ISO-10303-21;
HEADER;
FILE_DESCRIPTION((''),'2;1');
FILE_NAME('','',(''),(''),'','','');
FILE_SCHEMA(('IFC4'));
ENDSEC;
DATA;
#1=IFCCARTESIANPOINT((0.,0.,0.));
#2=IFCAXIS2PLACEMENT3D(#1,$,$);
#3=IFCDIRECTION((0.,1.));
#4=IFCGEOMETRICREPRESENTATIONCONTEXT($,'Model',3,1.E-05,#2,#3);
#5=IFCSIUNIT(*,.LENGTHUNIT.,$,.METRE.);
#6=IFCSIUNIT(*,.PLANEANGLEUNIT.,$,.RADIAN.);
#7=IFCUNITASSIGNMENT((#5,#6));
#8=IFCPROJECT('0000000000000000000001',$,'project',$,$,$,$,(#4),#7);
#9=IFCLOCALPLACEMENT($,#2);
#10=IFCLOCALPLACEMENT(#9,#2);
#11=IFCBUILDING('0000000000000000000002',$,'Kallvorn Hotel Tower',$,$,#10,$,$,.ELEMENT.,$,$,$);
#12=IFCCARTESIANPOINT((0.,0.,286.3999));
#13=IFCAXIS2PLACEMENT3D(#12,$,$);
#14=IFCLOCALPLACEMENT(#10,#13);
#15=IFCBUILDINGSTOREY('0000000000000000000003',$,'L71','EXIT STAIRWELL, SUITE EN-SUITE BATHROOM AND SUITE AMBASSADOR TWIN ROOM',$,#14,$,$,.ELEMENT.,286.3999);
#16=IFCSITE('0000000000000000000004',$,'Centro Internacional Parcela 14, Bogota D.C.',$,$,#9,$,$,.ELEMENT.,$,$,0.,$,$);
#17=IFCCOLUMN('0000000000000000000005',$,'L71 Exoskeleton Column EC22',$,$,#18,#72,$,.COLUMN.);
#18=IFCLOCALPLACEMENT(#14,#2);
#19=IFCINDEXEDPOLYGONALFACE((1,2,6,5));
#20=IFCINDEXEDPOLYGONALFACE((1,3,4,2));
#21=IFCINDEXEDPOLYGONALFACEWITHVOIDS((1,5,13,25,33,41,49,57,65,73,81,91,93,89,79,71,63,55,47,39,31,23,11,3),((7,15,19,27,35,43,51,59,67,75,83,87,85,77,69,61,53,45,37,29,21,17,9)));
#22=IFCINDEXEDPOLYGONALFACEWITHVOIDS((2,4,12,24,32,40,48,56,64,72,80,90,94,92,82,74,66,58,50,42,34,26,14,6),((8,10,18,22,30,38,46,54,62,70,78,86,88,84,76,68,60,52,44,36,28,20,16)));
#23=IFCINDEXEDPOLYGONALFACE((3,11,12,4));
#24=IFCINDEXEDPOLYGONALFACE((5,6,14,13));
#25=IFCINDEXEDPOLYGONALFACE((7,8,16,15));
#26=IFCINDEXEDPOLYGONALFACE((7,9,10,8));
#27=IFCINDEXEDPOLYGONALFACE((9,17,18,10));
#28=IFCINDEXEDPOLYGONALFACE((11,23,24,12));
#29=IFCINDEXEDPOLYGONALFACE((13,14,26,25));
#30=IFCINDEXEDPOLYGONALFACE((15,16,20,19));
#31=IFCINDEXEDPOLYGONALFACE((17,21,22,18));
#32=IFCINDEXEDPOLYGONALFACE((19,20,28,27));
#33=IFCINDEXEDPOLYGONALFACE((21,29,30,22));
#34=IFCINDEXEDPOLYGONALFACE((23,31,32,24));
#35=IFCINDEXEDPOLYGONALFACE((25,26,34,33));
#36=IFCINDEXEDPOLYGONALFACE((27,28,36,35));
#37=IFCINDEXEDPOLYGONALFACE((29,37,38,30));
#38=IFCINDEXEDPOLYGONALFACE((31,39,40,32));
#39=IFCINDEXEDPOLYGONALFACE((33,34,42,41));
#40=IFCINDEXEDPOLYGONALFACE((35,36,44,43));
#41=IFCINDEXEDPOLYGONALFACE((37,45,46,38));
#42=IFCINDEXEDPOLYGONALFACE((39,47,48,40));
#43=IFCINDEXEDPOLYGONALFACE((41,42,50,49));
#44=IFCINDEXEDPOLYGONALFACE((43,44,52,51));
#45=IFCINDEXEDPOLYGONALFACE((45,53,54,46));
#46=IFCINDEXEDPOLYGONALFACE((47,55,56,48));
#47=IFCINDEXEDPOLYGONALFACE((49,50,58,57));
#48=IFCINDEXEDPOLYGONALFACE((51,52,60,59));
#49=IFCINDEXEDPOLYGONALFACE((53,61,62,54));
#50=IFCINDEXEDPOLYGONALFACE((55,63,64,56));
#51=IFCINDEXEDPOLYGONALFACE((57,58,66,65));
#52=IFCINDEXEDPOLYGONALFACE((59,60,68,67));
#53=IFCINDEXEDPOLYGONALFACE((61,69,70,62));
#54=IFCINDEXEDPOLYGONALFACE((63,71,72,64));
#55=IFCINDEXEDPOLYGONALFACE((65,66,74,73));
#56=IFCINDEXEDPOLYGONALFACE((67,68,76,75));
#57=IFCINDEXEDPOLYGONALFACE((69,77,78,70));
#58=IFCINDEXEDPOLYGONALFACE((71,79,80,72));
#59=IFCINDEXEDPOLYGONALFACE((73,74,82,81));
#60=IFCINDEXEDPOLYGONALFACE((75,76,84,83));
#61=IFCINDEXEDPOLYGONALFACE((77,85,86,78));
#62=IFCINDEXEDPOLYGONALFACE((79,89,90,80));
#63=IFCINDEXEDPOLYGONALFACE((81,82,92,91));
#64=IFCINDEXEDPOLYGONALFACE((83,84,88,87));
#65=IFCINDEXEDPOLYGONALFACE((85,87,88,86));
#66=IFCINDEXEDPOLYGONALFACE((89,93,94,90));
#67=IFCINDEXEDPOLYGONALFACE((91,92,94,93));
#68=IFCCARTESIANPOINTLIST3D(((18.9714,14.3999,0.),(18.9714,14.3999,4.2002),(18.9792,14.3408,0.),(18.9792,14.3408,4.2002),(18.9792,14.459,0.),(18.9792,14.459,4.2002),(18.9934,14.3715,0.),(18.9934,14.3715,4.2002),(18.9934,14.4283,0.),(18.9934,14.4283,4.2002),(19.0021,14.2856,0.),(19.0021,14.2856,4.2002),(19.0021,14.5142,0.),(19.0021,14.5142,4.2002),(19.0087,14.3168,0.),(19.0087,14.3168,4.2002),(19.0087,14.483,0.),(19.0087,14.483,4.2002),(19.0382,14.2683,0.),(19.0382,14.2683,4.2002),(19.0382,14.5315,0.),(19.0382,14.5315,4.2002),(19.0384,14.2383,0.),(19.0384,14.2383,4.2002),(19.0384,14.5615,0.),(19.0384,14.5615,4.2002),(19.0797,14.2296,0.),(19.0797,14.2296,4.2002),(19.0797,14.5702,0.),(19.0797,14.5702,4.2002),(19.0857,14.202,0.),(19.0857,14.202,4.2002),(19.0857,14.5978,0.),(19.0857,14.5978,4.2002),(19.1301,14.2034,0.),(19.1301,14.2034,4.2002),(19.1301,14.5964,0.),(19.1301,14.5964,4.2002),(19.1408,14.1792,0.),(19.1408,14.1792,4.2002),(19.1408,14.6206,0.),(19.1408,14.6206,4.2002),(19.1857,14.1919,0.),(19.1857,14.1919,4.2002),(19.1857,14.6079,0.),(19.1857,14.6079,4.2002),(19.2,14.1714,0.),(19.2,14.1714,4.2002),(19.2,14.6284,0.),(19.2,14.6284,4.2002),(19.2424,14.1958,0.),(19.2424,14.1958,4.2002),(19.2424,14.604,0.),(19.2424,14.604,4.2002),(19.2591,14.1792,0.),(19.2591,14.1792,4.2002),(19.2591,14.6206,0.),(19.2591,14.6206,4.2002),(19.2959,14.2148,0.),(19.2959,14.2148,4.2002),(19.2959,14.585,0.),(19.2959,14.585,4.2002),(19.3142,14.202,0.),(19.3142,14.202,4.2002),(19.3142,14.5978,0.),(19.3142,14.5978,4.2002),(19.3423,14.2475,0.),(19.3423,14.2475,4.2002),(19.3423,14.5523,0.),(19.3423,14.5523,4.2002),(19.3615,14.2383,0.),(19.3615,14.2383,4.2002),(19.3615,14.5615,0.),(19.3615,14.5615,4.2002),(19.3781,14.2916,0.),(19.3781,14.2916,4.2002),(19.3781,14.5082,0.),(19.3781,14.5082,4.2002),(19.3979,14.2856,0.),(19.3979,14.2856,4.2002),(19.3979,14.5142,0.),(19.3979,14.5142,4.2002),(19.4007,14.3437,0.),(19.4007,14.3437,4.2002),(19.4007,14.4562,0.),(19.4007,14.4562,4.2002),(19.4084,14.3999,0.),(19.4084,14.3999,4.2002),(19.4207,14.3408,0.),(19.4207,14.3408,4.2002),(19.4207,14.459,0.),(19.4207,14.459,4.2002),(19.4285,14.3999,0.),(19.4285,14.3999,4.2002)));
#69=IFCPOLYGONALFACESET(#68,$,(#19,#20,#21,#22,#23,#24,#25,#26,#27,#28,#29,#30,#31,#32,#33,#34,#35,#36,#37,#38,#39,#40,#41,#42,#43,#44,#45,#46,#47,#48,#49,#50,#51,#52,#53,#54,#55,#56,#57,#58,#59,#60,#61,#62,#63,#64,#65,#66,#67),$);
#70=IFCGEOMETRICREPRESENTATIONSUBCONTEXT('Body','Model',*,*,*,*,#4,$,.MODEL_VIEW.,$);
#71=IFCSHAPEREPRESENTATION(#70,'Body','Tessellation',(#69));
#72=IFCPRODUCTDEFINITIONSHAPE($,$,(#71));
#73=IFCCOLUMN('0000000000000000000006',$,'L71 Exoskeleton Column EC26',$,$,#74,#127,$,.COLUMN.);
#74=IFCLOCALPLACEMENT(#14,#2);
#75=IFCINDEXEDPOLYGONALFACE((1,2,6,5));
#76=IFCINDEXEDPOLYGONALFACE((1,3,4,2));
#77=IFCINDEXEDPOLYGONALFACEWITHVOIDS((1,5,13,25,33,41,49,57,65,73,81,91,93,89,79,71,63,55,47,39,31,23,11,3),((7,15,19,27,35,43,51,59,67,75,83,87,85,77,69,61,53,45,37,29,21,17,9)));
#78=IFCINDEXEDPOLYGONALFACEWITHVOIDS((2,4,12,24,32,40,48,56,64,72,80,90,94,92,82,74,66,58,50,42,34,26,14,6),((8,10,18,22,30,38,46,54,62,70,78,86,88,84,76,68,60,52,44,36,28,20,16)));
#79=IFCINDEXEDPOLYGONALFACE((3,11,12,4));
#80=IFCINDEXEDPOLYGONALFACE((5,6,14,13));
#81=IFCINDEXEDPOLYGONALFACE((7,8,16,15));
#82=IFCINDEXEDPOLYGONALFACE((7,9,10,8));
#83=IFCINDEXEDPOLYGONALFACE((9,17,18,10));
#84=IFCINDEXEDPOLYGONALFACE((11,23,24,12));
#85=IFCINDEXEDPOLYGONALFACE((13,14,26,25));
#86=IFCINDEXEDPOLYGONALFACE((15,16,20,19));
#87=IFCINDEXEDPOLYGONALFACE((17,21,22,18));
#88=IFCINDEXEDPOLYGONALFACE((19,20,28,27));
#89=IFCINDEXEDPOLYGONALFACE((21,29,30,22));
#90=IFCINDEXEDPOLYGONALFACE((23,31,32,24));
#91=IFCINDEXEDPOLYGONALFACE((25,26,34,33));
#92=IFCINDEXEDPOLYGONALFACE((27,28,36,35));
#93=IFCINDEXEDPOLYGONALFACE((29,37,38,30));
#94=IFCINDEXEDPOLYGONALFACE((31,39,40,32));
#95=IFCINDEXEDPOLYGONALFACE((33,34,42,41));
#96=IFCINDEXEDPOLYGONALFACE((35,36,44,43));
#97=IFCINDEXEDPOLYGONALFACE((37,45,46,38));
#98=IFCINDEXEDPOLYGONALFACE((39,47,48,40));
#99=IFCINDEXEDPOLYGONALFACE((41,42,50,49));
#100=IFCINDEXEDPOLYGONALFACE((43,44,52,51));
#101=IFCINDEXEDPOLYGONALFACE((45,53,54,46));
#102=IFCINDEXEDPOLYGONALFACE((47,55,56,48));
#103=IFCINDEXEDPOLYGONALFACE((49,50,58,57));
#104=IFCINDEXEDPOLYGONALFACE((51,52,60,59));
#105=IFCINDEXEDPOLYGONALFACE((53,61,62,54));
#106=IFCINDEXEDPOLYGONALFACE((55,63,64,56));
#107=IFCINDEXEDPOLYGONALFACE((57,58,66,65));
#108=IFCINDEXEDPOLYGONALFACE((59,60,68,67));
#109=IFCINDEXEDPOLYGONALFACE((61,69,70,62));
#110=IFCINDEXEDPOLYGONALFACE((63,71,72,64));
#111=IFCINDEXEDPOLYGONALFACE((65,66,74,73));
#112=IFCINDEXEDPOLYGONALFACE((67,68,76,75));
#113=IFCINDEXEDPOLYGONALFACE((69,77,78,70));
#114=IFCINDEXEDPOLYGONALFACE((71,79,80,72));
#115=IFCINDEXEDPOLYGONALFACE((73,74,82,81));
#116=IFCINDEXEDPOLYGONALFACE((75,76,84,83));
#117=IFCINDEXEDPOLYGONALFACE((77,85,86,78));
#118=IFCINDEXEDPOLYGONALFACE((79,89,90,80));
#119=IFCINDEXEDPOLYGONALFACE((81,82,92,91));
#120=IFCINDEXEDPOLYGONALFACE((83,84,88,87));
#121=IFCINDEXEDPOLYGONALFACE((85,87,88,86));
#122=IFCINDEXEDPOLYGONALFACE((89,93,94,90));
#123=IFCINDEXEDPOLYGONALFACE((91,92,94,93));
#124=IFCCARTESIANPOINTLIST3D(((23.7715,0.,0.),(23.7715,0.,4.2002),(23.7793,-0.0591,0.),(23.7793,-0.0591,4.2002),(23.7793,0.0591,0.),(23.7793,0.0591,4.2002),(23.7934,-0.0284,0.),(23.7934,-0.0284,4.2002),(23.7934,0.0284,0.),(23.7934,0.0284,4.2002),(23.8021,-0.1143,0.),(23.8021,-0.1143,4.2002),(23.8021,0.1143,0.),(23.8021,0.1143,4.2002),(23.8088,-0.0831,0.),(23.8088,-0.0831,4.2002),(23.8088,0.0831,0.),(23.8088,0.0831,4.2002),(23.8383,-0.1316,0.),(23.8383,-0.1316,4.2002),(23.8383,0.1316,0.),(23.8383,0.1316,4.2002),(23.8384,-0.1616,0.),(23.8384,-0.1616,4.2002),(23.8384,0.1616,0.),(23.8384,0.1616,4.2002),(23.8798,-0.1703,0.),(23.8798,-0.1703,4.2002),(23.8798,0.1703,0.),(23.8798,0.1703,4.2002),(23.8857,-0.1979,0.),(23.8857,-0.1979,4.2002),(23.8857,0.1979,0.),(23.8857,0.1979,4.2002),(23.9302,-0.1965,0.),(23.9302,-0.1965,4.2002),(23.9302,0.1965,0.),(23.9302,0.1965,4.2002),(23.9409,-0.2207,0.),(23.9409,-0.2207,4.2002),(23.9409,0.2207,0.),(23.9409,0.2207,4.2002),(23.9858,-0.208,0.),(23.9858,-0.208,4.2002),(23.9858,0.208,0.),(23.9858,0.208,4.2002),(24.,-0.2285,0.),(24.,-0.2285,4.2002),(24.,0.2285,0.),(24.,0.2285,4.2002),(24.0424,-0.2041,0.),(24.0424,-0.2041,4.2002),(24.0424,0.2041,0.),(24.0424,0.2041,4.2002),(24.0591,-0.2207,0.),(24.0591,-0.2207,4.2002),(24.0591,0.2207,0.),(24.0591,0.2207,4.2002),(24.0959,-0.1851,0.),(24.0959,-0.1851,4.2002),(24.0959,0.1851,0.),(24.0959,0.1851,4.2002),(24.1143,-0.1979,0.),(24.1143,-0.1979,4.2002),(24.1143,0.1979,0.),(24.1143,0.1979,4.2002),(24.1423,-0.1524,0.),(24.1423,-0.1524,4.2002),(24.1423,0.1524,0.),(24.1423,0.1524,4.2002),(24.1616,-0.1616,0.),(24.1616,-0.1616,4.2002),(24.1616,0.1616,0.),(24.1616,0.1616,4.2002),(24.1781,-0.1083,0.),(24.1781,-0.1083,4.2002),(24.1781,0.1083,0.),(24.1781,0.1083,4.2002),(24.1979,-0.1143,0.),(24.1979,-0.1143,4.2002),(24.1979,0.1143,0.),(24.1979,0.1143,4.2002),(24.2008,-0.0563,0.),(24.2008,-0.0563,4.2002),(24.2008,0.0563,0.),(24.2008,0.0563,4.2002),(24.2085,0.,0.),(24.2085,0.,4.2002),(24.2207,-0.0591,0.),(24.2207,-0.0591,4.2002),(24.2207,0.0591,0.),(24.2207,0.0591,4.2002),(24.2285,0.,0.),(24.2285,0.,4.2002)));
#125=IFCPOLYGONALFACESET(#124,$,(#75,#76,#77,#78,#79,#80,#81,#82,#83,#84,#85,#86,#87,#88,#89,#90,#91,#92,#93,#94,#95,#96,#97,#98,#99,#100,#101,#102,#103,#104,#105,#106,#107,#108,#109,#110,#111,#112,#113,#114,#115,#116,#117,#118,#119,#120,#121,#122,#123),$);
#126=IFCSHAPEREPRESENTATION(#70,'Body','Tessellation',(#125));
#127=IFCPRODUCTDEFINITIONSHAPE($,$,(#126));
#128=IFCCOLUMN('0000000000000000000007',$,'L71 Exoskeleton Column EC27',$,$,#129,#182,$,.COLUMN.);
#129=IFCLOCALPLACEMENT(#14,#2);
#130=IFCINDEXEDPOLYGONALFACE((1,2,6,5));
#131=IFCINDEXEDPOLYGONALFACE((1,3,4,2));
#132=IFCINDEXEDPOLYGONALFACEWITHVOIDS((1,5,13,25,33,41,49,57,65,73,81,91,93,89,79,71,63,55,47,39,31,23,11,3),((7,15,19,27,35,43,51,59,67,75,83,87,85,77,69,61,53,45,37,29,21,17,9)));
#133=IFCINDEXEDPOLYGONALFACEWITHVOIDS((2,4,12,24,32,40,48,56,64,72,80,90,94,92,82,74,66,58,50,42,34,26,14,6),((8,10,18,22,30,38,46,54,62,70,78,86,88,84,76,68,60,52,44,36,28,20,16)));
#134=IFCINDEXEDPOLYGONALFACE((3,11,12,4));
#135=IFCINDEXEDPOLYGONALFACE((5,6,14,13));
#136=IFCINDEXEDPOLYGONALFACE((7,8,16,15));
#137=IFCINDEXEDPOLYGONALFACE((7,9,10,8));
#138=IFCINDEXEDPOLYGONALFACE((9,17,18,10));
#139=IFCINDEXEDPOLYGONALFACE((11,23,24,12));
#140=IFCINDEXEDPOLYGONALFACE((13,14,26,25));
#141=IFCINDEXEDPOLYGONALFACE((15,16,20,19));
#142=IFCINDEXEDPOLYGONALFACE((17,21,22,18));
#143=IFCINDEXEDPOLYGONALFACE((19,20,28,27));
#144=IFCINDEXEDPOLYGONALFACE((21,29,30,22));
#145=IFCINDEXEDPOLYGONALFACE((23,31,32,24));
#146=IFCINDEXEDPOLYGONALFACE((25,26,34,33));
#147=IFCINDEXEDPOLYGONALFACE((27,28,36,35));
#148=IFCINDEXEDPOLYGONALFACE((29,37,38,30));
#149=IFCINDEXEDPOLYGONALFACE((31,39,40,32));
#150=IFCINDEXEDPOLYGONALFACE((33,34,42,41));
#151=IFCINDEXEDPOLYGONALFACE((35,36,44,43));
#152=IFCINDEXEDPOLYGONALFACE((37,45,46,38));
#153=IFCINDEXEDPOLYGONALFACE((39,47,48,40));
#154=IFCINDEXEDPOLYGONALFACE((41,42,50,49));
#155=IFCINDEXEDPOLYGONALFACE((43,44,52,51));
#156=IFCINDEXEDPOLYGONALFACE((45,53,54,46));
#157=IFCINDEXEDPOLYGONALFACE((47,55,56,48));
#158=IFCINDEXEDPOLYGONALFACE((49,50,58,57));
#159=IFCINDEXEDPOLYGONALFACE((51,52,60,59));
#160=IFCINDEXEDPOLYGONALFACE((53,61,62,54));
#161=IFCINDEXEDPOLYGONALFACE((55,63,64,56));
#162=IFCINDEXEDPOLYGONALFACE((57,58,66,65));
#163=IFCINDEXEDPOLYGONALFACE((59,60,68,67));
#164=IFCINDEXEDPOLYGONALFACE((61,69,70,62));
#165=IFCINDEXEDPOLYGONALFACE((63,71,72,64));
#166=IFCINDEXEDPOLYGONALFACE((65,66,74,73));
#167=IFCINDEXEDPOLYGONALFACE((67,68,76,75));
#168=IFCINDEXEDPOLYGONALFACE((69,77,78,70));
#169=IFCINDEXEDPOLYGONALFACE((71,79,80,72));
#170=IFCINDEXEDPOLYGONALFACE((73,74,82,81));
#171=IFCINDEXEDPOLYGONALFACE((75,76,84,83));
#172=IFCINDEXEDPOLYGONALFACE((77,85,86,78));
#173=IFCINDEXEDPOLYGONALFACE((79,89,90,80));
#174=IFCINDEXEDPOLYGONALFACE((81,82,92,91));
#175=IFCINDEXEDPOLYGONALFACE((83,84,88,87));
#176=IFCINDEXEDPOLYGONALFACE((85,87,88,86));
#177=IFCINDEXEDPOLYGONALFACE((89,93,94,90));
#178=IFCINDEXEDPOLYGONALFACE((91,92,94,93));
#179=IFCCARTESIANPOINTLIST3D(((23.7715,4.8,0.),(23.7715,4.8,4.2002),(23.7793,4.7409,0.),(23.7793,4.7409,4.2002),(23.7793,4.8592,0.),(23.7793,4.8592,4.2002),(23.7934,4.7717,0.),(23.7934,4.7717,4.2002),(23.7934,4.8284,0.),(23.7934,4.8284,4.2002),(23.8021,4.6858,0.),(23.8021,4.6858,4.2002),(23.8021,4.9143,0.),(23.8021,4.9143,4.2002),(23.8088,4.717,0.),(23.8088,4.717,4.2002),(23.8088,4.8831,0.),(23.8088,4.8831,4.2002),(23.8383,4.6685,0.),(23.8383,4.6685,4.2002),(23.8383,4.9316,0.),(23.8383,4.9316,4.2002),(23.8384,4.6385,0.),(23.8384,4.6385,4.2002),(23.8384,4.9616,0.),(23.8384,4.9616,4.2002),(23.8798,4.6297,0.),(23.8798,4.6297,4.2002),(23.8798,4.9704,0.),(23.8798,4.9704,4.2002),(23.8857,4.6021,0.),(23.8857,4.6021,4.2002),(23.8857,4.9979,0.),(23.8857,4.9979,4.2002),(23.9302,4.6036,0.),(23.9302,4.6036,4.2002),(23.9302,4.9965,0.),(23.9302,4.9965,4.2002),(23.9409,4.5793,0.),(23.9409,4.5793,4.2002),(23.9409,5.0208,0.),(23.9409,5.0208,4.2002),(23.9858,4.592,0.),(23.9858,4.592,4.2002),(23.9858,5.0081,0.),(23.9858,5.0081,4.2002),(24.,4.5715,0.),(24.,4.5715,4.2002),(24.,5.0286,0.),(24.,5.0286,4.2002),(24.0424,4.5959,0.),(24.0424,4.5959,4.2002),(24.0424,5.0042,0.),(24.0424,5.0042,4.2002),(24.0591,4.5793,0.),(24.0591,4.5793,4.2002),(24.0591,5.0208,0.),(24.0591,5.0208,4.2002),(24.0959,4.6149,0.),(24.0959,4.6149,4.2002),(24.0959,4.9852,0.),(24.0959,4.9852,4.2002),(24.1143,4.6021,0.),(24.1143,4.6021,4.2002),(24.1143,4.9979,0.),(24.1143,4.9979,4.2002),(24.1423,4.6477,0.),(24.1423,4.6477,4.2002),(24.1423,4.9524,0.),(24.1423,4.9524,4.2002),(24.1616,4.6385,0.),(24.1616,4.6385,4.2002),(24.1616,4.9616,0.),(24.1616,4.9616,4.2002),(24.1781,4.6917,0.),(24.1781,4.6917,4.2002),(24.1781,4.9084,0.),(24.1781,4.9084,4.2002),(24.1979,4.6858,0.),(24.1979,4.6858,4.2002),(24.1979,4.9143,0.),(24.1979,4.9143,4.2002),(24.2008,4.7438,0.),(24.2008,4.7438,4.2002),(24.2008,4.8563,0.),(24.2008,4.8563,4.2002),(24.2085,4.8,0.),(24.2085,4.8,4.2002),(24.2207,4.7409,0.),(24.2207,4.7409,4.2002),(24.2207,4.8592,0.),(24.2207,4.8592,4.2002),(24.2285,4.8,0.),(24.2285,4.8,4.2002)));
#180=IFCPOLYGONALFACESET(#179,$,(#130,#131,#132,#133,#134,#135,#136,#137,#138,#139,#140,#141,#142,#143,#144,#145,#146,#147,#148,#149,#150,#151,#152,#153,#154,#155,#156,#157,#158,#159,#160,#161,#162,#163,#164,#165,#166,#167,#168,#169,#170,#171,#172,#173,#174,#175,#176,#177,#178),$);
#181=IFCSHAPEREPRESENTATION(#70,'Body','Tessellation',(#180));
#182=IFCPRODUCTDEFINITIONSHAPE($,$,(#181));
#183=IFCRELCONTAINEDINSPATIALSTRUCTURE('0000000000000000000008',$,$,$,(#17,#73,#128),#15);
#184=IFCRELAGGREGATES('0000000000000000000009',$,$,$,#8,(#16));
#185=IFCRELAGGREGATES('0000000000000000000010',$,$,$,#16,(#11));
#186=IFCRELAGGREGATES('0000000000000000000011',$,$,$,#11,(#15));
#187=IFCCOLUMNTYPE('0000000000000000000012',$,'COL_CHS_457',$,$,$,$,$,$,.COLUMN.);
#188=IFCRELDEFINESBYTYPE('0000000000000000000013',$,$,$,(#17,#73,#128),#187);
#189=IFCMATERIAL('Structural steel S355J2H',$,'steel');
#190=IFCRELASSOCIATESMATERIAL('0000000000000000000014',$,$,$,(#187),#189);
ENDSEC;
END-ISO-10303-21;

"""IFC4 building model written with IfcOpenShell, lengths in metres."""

from ifc_helpers import new_model, si_unit, direction, frame, origin, origin_2d, place, context, subcontext, project, spatial, hollow_circle, extrude, material, material_profile, profile_set, type_object, element, save


model = new_model("IFC4")

# Units and contexts
model_context = context("Model", 3, precision=1e-05, world=origin(), true_north=direction((0.0, 1.0)))
body_context = subcontext(model_context, "Body", "Model", "MODEL_VIEW")
ifc_project = project(units=[si_unit("LENGTHUNIT", "METRE"), si_unit("PLANEANGLEUNIT", "RADIAN")], contexts=[model_context])

# Site, building, storey
site_placement = place(None, origin())
site = spatial("IfcSite", under=ifc_project, at=site_placement, Name="Centro Internacional Parcela 14, Bogota D.C.", CompositionType="ELEMENT", RefElevation=0.0)
building_placement = place(site_placement, origin())
building = spatial("IfcBuilding", under=site, at=building_placement, Name="Kallvorn Hotel Tower", CompositionType="ELEMENT")
storey_placement = place(building_placement, frame((0.0, 0.0, 286.3999)))
storey = spatial("IfcBuildingStorey", under=building, at=storey_placement, Name="L71", Description="EXIT STAIRWELL, SUITE EN-SUITE BATHROOM AND SUITE AMBASSADOR TWIN ROOM", CompositionType="ELEMENT", Elevation=286.3999)

# Columns
ifc_material_1 = material(Name="Structural steel S355J2H", Category="steel")
ifc_material_profile_1 = material_profile(ifc_material_1, hollow_circle(Radius=0.2285, WallThickness=0.02, at=origin_2d()), Name="CHS 457x20")
ifc_profile_set_1 = profile_set([ifc_material_profile_1], Name="Structural steel S355J2H")
column_type_1 = type_object("IfcColumnType", Name="COL_CHS_457", PredefinedType="COLUMN", material=ifc_profile_set_1)
for number, where, z_axis, x_axis, name in (
    (1, (19.2, 14.3999, 0.0), (0.0, 0.0, 1.0), (1.0, 0.0, 0.0), "L71 Exoskeleton Column EC22"),
    (2, (24.0, 0.0, 0.0), (0.0, 0.0, 1.0), (1.0, 0.0, 0.0), "L71 Exoskeleton Column EC26"),
    (3, (24.0, 4.8, 0.0), (0.0, 0.0, 1.0), (1.0, 0.0, 0.0), "L71 Exoskeleton Column EC27"),
):
    element("IfcColumn", number, at=place(storey_placement, frame(where, z_axis=z_axis, x_axis=x_axis)), inside=storey, type_object=column_type_1, Name=name, PredefinedType="COLUMN", context=body_context, shape_type="SweptSolid", body=[
        extrude(hollow_circle(Radius=0.2285, WallThickness=0.02, at=origin_2d()), origin(), (0.0, 0.0, 1.0), 4.2002),
    ])

save(model, "model.ifc")
